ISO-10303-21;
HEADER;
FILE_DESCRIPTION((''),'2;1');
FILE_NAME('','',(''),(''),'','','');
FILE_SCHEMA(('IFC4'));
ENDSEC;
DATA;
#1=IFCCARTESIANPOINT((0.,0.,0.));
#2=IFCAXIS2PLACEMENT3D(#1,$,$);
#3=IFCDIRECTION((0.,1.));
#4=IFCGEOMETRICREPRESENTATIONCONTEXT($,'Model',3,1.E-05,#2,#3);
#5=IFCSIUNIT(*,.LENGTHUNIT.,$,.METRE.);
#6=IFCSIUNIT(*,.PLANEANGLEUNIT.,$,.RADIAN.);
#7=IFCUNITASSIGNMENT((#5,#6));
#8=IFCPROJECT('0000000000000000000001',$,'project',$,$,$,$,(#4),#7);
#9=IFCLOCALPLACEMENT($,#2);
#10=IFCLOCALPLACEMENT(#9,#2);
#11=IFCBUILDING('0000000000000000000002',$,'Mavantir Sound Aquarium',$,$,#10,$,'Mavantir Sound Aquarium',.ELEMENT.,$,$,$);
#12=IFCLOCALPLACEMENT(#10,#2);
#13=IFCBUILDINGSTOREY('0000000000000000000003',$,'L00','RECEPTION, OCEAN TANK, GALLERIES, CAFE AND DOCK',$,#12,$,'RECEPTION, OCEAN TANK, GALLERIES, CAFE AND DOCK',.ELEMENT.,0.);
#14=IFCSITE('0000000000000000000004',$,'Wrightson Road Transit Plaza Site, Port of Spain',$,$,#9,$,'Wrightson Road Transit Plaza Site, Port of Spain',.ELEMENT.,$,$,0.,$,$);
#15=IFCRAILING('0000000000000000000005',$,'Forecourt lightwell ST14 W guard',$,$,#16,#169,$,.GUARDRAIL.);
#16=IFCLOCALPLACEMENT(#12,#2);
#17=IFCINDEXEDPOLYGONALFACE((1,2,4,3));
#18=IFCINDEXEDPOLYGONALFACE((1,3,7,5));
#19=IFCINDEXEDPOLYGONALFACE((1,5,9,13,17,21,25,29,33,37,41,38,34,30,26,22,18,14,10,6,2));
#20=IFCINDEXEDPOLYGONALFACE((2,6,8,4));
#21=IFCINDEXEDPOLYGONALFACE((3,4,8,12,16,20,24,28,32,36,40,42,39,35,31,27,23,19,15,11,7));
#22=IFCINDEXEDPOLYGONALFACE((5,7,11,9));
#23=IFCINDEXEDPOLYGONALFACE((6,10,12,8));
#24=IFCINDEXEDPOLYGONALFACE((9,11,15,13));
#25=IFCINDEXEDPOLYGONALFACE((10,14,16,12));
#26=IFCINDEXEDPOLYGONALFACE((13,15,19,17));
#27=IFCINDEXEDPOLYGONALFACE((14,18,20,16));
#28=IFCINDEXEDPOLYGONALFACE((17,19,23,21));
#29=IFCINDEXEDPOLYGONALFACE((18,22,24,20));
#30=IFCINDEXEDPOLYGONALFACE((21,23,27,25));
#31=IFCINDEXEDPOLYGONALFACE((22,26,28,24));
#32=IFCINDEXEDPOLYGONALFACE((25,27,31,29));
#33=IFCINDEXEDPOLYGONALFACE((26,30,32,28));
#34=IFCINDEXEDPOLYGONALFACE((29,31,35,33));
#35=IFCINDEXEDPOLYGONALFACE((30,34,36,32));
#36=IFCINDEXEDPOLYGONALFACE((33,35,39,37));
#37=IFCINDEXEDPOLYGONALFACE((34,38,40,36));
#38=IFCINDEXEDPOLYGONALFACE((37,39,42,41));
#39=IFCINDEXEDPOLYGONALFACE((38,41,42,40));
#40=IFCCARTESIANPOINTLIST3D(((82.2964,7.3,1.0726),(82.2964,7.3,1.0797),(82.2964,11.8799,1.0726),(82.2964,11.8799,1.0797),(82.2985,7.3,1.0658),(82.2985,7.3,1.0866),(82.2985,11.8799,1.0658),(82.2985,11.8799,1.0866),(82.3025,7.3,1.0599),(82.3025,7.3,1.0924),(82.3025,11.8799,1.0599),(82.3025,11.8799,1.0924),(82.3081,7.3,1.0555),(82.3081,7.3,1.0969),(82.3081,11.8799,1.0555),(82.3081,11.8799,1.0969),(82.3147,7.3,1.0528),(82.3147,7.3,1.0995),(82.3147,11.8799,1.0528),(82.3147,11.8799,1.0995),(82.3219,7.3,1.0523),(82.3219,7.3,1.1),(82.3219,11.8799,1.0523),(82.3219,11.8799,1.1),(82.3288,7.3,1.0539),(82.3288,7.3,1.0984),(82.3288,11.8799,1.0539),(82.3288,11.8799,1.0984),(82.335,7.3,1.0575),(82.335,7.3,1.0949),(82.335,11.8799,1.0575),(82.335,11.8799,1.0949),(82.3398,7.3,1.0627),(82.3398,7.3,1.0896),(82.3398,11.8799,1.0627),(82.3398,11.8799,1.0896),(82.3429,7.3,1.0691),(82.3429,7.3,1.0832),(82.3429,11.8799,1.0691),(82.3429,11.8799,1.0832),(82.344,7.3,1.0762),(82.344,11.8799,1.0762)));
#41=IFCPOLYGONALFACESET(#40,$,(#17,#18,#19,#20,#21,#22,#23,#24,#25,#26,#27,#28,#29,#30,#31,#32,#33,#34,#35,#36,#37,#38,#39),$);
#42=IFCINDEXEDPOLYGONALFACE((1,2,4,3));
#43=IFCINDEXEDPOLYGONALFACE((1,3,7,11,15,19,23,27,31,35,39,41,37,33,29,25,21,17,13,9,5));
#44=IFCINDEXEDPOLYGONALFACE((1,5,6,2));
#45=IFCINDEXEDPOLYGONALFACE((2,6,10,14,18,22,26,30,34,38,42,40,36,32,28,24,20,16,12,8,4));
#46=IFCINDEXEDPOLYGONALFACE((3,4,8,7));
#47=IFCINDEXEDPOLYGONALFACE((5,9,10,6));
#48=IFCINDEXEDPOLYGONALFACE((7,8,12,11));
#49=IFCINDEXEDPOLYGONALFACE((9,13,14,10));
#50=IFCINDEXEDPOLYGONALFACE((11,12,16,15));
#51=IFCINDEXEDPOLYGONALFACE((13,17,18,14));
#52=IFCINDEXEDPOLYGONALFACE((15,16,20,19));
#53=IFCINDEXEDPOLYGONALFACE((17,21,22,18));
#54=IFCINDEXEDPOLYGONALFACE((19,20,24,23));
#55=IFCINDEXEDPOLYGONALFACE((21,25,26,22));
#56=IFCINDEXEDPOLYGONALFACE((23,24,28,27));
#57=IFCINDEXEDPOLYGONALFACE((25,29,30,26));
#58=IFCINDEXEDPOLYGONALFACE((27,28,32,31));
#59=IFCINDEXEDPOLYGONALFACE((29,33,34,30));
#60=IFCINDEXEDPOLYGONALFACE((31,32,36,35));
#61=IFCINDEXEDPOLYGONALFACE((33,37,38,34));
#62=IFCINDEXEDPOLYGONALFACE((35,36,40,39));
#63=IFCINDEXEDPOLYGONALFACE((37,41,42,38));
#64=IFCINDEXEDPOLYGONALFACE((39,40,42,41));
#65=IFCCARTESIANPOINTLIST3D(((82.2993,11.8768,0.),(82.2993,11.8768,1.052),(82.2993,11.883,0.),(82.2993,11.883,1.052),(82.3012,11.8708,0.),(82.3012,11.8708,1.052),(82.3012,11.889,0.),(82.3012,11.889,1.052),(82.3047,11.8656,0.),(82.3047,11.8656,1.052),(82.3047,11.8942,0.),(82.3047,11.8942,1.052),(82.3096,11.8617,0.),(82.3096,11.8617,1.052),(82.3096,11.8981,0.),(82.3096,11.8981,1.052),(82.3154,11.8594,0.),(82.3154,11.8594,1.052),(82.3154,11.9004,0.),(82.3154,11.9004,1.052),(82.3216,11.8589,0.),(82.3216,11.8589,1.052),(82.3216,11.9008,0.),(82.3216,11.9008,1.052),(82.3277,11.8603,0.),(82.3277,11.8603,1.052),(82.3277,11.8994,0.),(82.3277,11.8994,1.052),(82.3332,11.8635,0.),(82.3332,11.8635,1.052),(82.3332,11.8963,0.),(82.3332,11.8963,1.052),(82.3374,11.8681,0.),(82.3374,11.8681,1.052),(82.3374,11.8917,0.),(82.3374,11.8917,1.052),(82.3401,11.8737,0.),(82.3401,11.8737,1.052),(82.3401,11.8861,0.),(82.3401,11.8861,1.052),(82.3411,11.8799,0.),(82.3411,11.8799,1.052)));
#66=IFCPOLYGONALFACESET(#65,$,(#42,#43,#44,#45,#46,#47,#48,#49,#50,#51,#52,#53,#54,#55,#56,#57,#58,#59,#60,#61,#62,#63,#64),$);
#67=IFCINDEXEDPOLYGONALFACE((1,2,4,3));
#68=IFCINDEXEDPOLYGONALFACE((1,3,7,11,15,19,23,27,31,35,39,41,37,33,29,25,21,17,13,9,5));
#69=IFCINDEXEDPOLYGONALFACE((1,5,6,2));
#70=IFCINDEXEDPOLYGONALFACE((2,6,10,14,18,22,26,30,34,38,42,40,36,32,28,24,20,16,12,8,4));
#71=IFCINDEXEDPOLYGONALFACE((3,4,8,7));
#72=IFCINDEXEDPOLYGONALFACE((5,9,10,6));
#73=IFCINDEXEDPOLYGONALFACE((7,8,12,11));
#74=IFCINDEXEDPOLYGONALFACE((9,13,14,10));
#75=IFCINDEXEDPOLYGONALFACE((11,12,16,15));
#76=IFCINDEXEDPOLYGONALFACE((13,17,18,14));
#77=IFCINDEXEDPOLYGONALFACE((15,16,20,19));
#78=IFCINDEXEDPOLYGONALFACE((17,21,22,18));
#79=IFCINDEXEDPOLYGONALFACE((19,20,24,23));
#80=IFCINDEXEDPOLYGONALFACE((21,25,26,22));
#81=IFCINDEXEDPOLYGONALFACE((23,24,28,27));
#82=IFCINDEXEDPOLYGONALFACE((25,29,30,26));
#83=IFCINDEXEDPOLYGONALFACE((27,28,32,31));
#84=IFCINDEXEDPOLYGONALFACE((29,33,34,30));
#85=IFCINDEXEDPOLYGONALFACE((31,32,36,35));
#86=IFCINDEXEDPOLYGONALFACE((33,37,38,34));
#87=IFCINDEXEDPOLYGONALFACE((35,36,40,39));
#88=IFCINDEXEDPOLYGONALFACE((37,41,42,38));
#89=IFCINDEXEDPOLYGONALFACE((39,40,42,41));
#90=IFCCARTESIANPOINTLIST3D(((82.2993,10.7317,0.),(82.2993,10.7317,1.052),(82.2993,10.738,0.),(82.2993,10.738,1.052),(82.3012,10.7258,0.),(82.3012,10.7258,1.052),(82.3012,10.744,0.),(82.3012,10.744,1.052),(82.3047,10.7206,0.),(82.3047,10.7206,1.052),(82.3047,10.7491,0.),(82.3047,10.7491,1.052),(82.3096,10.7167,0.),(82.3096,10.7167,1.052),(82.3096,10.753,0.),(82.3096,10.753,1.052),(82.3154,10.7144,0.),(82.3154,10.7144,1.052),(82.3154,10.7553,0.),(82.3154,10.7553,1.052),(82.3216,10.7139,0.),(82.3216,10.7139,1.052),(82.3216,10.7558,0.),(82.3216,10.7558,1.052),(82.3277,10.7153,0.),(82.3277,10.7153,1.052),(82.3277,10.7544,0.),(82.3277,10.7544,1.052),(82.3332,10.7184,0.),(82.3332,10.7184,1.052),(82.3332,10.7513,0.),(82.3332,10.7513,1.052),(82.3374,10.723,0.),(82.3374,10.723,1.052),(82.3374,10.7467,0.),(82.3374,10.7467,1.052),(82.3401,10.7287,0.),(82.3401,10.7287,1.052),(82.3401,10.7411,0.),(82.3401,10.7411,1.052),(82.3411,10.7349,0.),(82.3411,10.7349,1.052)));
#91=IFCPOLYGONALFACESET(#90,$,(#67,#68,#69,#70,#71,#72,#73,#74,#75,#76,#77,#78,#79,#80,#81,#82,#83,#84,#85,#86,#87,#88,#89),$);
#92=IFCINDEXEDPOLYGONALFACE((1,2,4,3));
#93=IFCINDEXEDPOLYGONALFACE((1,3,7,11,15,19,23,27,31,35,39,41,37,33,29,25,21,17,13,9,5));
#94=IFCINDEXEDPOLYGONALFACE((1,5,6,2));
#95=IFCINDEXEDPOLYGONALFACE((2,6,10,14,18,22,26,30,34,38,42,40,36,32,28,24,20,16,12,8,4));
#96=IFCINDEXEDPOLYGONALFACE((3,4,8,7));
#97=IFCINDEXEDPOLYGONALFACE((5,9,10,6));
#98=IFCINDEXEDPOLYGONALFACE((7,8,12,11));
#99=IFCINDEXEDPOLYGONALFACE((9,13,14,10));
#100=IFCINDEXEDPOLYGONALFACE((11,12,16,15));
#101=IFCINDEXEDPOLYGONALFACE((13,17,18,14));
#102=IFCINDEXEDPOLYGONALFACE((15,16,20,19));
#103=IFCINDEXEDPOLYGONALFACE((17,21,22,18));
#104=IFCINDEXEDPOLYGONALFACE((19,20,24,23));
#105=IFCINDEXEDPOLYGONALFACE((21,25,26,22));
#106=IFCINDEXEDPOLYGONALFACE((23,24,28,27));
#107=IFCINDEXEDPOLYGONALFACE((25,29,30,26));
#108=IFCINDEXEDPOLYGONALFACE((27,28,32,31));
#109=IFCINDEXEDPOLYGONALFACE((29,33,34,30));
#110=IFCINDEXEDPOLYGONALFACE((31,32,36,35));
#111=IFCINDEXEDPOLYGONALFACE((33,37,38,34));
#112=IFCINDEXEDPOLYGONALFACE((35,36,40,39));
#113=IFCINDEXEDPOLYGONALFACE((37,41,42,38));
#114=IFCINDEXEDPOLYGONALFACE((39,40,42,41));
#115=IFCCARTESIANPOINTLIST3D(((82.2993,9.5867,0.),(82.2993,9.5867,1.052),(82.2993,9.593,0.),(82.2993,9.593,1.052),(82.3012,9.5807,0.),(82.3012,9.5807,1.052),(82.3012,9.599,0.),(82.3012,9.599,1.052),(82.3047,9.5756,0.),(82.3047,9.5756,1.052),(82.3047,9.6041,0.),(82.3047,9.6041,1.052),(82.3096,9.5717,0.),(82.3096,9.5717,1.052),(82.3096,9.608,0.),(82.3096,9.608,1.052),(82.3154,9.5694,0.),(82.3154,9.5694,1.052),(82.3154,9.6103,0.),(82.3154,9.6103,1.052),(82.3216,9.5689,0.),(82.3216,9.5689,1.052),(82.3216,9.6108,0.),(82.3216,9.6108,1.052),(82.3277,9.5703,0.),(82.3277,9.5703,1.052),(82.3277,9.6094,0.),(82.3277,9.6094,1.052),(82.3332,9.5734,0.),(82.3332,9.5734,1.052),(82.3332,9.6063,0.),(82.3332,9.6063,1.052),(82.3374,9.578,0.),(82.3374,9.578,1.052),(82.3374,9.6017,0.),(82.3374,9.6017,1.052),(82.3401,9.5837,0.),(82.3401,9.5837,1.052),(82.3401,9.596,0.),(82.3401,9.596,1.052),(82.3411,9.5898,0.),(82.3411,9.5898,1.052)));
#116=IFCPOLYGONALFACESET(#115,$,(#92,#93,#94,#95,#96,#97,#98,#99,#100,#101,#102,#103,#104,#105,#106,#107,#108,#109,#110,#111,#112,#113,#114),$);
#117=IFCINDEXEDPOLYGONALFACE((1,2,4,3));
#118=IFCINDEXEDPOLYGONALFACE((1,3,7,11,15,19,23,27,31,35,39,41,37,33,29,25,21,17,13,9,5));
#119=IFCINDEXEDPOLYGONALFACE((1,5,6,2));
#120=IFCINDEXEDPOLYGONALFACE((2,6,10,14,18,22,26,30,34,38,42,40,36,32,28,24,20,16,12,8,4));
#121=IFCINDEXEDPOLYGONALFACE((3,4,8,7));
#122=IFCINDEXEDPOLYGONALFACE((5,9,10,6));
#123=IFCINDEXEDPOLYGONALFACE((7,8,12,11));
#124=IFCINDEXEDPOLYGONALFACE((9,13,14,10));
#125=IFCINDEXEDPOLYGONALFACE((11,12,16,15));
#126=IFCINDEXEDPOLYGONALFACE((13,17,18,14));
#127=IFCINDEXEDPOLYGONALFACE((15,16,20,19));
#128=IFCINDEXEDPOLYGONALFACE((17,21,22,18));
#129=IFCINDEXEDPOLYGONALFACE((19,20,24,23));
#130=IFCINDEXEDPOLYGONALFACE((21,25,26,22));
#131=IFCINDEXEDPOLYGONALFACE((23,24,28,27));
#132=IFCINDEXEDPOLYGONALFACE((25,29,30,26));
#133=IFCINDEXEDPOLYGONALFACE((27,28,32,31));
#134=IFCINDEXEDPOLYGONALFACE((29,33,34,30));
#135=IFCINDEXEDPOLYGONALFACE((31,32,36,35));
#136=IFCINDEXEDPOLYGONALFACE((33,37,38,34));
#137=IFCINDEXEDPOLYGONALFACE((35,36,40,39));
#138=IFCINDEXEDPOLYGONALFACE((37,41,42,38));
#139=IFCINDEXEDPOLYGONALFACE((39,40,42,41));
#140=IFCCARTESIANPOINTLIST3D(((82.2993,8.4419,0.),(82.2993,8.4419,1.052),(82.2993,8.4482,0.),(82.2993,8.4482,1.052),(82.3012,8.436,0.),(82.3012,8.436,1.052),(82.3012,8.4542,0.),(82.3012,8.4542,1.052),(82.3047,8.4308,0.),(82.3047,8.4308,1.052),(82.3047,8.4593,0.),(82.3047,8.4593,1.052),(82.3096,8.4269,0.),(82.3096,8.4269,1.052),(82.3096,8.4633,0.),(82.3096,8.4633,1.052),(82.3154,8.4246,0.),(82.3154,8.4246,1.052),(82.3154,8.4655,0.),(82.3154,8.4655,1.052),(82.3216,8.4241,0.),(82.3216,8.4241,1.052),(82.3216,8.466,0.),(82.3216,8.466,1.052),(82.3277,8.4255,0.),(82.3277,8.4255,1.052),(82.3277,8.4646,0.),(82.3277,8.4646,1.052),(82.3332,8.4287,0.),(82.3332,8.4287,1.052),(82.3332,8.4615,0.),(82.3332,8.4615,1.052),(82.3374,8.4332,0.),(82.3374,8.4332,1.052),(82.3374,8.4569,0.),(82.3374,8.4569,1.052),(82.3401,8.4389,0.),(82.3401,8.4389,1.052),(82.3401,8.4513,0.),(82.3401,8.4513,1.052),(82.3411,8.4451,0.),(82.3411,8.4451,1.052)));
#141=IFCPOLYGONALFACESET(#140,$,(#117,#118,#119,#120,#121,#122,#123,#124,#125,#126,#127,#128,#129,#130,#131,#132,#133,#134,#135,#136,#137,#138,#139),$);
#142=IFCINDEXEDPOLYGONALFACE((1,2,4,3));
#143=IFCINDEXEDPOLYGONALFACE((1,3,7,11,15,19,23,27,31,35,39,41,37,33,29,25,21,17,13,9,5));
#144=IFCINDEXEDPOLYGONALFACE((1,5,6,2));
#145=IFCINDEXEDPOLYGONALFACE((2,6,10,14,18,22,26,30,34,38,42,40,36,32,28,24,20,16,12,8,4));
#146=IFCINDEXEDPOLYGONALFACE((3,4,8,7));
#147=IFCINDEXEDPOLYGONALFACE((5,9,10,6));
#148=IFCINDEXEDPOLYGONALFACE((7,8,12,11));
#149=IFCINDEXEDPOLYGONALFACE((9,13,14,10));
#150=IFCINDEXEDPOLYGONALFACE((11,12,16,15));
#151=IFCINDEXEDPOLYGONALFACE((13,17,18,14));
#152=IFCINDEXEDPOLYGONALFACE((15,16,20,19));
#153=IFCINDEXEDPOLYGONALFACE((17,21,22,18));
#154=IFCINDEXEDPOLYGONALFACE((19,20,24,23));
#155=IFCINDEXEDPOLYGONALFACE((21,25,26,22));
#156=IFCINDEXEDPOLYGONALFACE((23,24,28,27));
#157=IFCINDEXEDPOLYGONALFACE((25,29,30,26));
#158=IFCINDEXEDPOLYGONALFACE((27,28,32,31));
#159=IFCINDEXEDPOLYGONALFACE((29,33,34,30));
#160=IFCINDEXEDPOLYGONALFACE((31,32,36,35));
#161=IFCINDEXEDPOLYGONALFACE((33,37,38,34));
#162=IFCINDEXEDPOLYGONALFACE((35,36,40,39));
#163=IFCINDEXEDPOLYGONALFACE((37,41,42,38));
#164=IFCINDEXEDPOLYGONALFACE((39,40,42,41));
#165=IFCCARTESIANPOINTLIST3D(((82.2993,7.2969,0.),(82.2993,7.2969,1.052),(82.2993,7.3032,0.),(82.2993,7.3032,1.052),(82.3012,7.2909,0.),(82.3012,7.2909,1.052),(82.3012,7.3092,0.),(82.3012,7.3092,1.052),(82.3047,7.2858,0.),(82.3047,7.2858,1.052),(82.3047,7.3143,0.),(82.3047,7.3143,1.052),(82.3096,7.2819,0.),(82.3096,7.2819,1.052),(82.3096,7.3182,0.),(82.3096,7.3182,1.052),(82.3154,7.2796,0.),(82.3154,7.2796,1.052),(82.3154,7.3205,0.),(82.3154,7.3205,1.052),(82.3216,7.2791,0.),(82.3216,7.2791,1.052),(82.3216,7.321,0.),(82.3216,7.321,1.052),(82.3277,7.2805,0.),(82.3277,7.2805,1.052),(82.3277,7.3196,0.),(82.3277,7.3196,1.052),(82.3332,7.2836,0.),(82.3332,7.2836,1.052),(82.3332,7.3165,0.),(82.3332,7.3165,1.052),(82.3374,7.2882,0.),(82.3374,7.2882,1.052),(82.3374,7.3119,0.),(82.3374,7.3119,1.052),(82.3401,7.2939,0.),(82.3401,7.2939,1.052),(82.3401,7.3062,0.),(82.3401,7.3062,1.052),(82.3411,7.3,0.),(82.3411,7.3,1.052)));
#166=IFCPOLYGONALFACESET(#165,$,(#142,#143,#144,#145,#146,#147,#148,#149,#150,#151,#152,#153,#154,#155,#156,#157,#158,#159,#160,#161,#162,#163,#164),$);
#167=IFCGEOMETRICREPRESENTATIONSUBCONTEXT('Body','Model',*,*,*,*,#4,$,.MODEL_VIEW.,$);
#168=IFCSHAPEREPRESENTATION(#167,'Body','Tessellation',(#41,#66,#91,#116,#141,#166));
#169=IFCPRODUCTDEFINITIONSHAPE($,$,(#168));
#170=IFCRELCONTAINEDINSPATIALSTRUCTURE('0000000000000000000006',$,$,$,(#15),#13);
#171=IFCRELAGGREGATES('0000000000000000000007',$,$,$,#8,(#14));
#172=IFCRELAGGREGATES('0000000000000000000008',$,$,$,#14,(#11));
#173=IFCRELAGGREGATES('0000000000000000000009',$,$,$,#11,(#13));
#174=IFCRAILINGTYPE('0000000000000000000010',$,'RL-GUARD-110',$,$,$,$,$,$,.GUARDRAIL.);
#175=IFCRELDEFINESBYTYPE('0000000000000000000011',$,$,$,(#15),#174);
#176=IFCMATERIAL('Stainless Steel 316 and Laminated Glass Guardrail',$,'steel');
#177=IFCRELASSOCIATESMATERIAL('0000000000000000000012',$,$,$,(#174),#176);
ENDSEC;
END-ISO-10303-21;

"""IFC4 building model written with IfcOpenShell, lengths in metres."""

from ifc_helpers import new_model, si_unit, direction, frame, origin, origin_2d, place, context, subcontext, project, spatial, circle, extrude, material, type_object, element, save


model = new_model("IFC4")

# Units and contexts
model_context = context("Model", 3, precision=1e-05, world=origin(), true_north=direction((0.0, 1.0)))
body_context = subcontext(model_context, "Body", "Model", "MODEL_VIEW")
ifc_project = project(units=[si_unit("LENGTHUNIT", "METRE"), si_unit("PLANEANGLEUNIT", "RADIAN")], contexts=[model_context])

# Site, building, storey
site_placement = place(None, origin())
site = spatial("IfcSite", under=ifc_project, at=site_placement, Name="Wrightson Road Transit Plaza Site, Port of Spain", LongName="Wrightson Road Transit Plaza Site, Port of Spain", CompositionType="ELEMENT", RefElevation=0.0)
building_placement = place(site_placement, origin())
building = spatial("IfcBuilding", under=site, at=building_placement, Name="Mavantir Sound Aquarium", LongName="Mavantir Sound Aquarium", CompositionType="ELEMENT")
storey_placement = place(building_placement, origin())
storey = spatial("IfcBuildingStorey", under=building, at=storey_placement, Name="L00", Description="RECEPTION, OCEAN TANK, GALLERIES, CAFE AND DOCK", LongName="RECEPTION, OCEAN TANK, GALLERIES, CAFE AND DOCK", CompositionType="ELEMENT", Elevation=0.0)

# Railing
ifc_material_1 = material(Name="Stainless Steel 316 and Laminated Glass Guardrail", Category="steel")
railing_type_1 = type_object("IfcRailingType", Name="RL-GUARD-110", PredefinedType="GUARDRAIL", material=ifc_material_1)
railing_1_placement = place(storey_placement, frame((82.3201, 11.8799, 0.0)))
element("IfcRailing", 1, at=railing_1_placement, inside=storey, type_object=railing_type_1, Name="Forecourt lightwell ST14 W guard", PredefinedType="GUARDRAIL", context=body_context, shape_type="SweptSolid", body=[
    extrude(circle(Radius=0.0239, at=origin_2d()), frame((0.0, 0.0, 1.0762), z_axis=(0.0, -1.0, 0.0), x_axis=(1.0, 0.0, 0.0)), (0.0, 0.0, 1.0), 4.5798),
    extrude(circle(Radius=0.021, at=origin_2d()), origin(), (0.0, 0.0, 1.0), 1.052),
    extrude(circle(Radius=0.021, at=origin_2d()), frame((0.0, -1.145, 0.0)), (0.0, 0.0, 1.0), 1.052),
    extrude(circle(Radius=0.021, at=origin_2d()), frame((0.0, -2.29, 0.0)), (0.0, 0.0, 1.0), 1.052),
    extrude(circle(Radius=0.021, at=origin_2d()), frame((0.0, -3.4348, 0.0)), (0.0, 0.0, 1.0), 1.052),
    extrude(circle(Radius=0.021, at=origin_2d()), frame((0.0, -4.5798, 0.0)), (0.0, 0.0, 1.0), 1.052),
])

save(model, "model.ifc")
